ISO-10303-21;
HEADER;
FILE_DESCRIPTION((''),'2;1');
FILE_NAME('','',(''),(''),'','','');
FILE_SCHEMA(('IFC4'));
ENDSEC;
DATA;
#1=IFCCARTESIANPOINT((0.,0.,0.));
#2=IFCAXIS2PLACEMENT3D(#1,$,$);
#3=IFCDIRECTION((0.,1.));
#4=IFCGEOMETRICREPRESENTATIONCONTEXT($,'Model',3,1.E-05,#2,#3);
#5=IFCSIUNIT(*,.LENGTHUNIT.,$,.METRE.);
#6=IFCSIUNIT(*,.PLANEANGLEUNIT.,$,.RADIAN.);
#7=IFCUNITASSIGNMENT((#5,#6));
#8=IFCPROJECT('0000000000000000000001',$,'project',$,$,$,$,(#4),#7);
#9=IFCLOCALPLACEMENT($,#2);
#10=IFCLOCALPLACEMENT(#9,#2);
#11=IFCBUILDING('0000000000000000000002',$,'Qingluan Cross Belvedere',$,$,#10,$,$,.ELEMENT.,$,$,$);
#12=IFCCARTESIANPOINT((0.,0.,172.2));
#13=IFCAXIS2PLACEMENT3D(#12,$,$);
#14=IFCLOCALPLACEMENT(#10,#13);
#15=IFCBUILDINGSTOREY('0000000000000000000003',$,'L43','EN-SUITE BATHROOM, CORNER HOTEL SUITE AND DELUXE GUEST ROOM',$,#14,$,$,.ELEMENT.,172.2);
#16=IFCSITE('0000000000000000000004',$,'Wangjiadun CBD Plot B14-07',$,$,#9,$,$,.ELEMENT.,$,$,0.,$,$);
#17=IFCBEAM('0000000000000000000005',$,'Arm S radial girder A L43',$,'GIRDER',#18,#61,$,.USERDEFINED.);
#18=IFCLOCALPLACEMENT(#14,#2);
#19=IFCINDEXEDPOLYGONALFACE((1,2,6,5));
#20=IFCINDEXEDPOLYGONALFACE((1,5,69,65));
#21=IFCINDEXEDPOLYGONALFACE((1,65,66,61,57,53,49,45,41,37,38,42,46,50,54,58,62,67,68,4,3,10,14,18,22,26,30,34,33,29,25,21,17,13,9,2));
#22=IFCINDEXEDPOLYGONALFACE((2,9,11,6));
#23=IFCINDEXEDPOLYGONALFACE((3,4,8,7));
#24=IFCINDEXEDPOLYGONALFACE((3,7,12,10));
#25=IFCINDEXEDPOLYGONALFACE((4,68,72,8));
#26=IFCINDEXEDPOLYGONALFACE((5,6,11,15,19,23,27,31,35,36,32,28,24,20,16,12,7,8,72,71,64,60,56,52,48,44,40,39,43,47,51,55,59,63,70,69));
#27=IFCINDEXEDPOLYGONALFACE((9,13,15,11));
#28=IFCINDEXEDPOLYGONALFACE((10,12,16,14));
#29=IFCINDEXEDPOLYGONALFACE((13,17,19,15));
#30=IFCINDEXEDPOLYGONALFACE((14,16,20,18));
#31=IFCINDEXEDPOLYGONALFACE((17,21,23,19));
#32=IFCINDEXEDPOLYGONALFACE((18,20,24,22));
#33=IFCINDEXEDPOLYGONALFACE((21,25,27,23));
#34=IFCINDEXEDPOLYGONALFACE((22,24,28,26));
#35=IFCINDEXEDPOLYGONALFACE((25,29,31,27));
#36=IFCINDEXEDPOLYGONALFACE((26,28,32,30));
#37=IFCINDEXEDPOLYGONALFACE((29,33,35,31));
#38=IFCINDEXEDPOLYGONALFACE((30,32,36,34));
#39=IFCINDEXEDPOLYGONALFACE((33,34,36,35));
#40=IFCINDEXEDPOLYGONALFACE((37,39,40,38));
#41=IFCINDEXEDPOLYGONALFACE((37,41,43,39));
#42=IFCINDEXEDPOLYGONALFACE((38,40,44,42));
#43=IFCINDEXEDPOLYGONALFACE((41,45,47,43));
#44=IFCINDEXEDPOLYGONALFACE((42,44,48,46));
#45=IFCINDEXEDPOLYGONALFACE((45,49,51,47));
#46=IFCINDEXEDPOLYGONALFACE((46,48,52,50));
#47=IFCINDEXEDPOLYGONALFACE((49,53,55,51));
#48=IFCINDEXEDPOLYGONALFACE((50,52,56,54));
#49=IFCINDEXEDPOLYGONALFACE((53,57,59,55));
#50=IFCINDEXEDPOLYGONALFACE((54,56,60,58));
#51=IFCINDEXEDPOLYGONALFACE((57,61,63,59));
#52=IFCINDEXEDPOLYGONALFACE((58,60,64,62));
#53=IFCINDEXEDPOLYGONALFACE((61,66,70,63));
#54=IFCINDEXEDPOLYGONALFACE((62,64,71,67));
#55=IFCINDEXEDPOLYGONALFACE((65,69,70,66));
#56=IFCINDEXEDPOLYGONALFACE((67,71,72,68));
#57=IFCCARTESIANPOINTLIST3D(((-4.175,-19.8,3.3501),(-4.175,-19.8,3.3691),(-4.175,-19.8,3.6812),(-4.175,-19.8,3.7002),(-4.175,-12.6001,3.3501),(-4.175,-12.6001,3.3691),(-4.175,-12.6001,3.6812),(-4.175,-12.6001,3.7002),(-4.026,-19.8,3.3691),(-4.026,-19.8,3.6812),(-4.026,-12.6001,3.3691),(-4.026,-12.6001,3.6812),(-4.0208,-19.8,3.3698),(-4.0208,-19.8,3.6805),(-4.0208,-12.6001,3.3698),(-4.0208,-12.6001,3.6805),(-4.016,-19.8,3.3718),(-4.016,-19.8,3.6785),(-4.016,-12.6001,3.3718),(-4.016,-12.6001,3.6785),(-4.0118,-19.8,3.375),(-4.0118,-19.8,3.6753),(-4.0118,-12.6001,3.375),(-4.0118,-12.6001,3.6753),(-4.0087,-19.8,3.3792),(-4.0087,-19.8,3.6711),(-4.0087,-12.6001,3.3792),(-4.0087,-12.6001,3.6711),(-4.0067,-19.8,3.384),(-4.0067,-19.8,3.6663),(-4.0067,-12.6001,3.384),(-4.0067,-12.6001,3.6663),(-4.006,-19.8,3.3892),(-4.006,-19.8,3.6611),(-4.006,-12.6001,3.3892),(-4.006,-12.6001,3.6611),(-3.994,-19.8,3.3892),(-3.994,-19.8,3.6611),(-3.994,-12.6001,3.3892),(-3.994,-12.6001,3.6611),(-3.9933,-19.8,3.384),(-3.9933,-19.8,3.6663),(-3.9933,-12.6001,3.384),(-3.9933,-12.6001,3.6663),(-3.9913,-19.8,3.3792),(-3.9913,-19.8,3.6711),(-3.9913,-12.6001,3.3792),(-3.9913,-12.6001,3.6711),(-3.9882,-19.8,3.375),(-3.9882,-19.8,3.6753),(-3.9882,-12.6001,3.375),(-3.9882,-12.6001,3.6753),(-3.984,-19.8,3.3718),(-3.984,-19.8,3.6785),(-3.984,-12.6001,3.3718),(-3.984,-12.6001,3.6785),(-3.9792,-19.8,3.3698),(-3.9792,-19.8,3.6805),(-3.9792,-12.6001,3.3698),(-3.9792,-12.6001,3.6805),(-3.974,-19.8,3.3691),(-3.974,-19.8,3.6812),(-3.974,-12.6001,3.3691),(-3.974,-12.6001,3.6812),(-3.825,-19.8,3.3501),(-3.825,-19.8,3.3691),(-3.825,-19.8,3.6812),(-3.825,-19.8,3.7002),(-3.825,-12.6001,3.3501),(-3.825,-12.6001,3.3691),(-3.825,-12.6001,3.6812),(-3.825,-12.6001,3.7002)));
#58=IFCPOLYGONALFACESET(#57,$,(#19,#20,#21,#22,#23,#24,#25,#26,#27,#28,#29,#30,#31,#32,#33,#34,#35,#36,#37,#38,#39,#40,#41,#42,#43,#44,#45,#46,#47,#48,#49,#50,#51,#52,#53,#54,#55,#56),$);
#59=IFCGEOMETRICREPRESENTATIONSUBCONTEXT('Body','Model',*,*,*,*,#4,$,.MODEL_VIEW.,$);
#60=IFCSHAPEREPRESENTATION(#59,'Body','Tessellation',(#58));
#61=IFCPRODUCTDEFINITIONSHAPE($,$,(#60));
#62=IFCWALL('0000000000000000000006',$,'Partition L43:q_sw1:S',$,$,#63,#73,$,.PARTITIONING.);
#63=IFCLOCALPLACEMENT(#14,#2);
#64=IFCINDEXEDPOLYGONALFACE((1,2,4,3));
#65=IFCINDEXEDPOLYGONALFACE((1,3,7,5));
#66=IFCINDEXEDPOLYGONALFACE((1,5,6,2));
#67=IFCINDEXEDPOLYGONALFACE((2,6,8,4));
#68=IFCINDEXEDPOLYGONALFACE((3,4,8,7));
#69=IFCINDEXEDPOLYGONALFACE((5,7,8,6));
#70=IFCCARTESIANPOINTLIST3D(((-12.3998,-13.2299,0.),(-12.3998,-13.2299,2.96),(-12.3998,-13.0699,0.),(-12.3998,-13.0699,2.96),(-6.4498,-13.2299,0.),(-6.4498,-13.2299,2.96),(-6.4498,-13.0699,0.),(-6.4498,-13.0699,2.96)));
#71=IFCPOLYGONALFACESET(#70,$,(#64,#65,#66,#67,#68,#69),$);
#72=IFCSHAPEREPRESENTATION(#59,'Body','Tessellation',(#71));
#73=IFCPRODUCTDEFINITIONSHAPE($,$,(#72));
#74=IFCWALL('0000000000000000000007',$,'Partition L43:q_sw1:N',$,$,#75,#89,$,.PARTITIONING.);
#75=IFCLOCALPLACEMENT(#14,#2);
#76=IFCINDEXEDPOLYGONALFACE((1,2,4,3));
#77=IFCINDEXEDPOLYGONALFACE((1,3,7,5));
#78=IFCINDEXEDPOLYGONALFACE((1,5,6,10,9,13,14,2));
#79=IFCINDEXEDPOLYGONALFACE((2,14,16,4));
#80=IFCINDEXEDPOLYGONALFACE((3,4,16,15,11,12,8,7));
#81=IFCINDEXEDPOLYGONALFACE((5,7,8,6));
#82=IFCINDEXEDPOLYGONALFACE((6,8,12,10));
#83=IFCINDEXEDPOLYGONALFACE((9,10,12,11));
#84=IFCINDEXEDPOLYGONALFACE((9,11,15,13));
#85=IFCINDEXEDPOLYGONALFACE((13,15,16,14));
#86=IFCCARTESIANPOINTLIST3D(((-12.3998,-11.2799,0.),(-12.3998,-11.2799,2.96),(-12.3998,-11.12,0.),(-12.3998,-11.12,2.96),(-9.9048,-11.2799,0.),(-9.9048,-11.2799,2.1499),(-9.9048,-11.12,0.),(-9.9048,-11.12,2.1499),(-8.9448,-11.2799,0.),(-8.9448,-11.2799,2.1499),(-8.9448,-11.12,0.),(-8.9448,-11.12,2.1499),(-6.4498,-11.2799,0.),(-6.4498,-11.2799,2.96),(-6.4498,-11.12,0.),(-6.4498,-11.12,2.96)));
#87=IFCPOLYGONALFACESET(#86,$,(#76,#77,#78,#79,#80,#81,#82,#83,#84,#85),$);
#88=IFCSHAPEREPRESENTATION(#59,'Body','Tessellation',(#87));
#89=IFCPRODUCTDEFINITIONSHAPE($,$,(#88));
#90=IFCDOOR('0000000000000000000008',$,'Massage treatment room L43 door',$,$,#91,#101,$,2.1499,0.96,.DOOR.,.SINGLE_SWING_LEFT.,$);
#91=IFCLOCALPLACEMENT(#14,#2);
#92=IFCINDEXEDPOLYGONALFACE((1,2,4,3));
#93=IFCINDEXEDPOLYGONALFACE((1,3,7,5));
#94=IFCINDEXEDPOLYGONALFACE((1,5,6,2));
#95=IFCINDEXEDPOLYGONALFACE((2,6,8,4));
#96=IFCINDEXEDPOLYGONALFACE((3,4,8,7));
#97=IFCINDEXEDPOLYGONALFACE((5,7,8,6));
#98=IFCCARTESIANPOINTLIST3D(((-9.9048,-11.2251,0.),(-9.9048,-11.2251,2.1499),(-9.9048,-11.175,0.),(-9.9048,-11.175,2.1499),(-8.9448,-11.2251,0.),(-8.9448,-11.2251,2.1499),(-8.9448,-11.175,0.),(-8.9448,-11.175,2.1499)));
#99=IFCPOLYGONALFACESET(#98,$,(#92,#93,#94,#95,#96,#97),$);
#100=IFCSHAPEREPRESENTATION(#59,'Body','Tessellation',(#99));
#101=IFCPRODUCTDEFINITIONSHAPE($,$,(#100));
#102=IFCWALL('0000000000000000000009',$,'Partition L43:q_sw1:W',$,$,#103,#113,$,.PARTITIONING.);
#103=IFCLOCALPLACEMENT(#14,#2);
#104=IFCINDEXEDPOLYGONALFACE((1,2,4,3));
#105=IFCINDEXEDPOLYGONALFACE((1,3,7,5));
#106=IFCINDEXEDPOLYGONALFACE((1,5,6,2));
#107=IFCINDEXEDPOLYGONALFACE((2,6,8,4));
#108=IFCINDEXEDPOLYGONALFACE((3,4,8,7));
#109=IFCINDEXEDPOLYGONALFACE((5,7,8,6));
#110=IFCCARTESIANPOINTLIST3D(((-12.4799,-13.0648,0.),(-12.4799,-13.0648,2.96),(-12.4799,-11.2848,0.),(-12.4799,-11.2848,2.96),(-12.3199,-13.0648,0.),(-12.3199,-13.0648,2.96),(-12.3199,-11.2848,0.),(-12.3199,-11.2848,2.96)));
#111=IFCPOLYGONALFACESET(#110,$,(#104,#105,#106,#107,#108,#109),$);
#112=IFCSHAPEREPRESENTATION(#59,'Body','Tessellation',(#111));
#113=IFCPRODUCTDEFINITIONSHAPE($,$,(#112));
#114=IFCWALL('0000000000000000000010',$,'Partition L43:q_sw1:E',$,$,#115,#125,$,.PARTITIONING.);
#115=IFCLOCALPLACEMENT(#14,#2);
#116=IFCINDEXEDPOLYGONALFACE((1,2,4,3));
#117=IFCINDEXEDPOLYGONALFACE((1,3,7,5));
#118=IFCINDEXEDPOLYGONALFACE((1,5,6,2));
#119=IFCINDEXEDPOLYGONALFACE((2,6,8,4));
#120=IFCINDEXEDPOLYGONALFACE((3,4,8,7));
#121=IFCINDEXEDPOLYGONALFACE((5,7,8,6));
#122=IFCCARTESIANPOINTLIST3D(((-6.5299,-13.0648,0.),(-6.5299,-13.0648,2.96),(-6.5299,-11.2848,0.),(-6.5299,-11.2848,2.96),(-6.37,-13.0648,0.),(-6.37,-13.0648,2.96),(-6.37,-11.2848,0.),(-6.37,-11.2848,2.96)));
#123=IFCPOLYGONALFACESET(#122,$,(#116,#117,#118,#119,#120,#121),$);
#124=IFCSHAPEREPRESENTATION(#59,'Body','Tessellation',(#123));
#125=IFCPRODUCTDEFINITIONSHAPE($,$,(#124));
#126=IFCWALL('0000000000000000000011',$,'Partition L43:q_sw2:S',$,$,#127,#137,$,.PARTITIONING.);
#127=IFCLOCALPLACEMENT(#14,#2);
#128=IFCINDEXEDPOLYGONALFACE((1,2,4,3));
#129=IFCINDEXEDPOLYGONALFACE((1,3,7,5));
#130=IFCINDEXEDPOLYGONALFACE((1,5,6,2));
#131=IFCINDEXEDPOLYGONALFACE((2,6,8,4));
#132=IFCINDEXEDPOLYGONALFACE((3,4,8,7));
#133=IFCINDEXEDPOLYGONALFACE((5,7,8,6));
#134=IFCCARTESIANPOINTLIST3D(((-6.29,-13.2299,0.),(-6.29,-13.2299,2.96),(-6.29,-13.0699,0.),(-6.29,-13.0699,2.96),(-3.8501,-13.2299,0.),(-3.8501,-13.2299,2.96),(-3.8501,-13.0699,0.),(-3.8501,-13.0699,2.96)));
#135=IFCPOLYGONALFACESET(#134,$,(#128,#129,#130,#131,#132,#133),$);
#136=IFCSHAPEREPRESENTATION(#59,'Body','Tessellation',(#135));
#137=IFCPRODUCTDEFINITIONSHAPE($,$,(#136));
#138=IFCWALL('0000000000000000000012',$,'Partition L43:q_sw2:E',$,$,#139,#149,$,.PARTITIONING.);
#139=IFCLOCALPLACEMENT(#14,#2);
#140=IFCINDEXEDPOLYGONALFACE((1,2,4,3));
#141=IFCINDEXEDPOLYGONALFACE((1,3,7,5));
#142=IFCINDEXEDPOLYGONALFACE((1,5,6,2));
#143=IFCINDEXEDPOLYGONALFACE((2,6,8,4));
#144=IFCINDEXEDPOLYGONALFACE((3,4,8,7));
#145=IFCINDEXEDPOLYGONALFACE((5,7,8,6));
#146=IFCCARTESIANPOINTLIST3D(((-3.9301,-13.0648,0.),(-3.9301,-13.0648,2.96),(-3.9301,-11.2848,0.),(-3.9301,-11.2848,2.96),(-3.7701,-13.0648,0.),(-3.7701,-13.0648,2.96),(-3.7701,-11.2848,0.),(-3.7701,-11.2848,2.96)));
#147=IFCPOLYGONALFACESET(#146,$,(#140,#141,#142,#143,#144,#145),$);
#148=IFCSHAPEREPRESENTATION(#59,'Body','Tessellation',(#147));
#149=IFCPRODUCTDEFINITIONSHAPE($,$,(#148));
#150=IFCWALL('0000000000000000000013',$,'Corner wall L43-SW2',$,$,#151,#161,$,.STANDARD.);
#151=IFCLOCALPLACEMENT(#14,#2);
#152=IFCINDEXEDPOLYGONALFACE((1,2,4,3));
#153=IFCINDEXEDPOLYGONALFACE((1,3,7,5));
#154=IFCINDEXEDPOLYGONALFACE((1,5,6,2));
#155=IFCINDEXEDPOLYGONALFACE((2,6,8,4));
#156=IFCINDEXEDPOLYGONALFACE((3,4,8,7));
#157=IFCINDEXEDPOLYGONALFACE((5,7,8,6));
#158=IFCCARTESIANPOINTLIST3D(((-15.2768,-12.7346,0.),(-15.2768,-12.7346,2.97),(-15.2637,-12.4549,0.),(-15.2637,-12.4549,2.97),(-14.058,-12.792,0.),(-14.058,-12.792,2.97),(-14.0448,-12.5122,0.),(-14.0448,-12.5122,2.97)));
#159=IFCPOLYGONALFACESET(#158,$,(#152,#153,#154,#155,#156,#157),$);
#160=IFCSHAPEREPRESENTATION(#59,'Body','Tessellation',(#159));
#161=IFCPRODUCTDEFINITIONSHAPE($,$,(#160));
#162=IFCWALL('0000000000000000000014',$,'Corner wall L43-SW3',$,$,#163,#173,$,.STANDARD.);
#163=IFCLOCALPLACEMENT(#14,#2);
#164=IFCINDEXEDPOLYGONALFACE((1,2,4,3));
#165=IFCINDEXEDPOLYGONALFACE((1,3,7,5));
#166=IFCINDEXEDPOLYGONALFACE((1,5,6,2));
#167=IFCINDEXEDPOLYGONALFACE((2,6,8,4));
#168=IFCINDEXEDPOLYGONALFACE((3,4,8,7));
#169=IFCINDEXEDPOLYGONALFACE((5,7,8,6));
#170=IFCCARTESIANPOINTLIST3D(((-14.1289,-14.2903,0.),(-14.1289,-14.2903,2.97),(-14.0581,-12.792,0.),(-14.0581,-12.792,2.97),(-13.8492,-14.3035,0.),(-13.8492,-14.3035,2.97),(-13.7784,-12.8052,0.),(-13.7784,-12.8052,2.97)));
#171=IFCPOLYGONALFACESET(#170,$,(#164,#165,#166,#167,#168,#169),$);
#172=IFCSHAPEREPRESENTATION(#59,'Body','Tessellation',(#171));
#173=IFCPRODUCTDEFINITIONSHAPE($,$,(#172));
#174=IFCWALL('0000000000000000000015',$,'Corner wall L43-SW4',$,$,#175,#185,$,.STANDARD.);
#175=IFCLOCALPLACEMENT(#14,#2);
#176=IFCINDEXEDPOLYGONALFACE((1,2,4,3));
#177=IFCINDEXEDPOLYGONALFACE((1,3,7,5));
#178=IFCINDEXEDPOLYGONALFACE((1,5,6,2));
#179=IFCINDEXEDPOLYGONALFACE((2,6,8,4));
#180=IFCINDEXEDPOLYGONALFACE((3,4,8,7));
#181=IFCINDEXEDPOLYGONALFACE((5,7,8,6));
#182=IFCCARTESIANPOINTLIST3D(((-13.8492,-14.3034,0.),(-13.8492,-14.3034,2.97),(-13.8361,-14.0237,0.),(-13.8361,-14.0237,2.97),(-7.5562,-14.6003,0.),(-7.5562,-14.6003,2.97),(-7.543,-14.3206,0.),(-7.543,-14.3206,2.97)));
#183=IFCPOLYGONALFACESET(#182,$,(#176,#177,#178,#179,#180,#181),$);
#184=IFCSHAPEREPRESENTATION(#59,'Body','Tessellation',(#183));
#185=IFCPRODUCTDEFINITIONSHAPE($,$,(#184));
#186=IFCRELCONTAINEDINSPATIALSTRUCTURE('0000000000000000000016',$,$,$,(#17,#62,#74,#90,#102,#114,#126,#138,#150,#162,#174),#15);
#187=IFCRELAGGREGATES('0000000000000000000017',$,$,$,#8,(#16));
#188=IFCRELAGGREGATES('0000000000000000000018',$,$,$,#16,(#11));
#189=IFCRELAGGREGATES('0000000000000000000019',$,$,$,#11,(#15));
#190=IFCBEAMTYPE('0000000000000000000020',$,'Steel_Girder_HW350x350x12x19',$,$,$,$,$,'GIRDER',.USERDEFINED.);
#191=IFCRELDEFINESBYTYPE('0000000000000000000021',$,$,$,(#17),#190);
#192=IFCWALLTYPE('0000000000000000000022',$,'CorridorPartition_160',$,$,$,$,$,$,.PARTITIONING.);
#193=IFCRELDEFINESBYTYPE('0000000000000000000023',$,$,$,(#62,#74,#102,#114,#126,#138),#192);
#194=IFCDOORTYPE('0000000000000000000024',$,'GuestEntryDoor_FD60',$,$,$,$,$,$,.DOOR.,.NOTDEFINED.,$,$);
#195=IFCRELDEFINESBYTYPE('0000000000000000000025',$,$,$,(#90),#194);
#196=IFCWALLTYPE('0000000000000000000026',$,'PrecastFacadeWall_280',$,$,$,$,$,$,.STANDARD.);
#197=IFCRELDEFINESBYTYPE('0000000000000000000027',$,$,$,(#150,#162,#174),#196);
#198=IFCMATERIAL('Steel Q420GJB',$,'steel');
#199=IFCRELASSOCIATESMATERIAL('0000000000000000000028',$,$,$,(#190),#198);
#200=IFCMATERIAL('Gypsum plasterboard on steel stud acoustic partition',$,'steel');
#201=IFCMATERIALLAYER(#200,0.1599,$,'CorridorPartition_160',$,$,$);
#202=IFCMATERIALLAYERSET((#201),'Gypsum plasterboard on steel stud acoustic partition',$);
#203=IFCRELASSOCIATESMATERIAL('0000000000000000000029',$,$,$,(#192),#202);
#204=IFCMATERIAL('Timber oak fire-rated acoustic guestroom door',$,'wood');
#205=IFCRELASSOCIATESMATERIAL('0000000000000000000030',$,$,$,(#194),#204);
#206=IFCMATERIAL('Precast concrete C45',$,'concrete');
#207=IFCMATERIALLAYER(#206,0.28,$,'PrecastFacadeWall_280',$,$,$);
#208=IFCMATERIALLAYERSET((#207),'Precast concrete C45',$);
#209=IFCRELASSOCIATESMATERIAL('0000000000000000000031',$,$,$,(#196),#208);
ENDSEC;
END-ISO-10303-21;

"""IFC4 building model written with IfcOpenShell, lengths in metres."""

from ifc_helpers import new_model, si_unit, direction, frame, frame_2d, origin, origin_2d, place, context, subcontext, project, spatial, rectangle, i_section, extrude, material, layer, layer_set, material_profile, profile_set, type_object, element, fill, save


model = new_model("IFC4")

# Units and contexts
model_context = context("Model", 3, precision=1e-05, world=origin(), true_north=direction((0.0, 1.0)))
body_context = subcontext(model_context, "Body", "Model", "MODEL_VIEW")
ifc_project = project(units=[si_unit("LENGTHUNIT", "METRE"), si_unit("PLANEANGLEUNIT", "RADIAN")], contexts=[model_context])

# Site, building, storey
site_placement = place(None, origin())
site = spatial("IfcSite", under=ifc_project, at=site_placement, Name="Wangjiadun CBD Plot B14-07", CompositionType="ELEMENT", RefElevation=0.0)
building_placement = place(site_placement, origin())
building = spatial("IfcBuilding", under=site, at=building_placement, Name="Qingluan Cross Belvedere", CompositionType="ELEMENT")
storey_placement = place(building_placement, frame((0.0, 0.0, 172.2)))
storey = spatial("IfcBuildingStorey", under=building, at=storey_placement, Name="L43", Description="EN-SUITE BATHROOM, CORNER HOTEL SUITE AND DELUXE GUEST ROOM", CompositionType="ELEMENT", Elevation=172.2)

# Beam
ifc_material_1 = material(Name="Steel Q420GJB", Category="steel")
ifc_material_profile_1 = material_profile(ifc_material_1, i_section(OverallWidth=0.3501, OverallDepth=0.3501, WebThickness=0.012, FlangeThickness=0.019, FilletRadius=0.02, at=origin_2d()), Name="HW350x350x12x19")
ifc_profile_set_1 = profile_set([ifc_material_profile_1], Name="Steel Q420GJB")
beam_type_1 = type_object("IfcBeamType", Name="Steel_Girder_HW350x350x12x19", ElementType="GIRDER", PredefinedType="USERDEFINED", material=ifc_profile_set_1)
beam_1_placement = place(storey_placement, frame((-4.0, -12.6001, 3.5251), z_axis=(0.0, -1.0, 0.0), x_axis=(1.0, 0.0, 0.0)))
element("IfcBeam", 1, at=beam_1_placement, inside=storey, type_object=beam_type_1, Name="Arm S radial girder A L43", ObjectType="GIRDER", PredefinedType="USERDEFINED", context=body_context, shape_type="SweptSolid", body=[
    extrude(i_section(OverallWidth=0.3501, OverallDepth=0.3501, WebThickness=0.012, FlangeThickness=0.019, FilletRadius=0.02, at=origin_2d()), origin(), (0.0, 0.0, 1.0), 7.2),
])

# Wall
ifc_material_2 = material(Name="Gypsum plasterboard on steel stud acoustic partition", Category="steel")
ifc_layer_1 = layer(ifc_material_2, 0.1599, Name="CorridorPartition_160")
ifc_layer_set_1 = layer_set([ifc_layer_1], Name="Gypsum plasterboard on steel stud acoustic partition")
wall_type_1 = type_object("IfcWallType", Name="CorridorPartition_160", PredefinedType="PARTITIONING", material=ifc_layer_set_1)
wall_1_placement = place(storey_placement, frame((-12.3999, -13.1499, 0.0), z_axis=(0.0, 0.0, 1.0), x_axis=(1.0, 0.0, 0.0)))
element("IfcWall", 2, at=wall_1_placement, inside=storey, type_object=wall_type_1, Name="Partition L43:q_sw1:S", PredefinedType="PARTITIONING", context=body_context, shape_type="SweptSolid", body=[
    extrude(rectangle(XDim=5.95, YDim=0.1599, at=frame_2d((2.9751, 0.0))), origin(), (0.0, 0.0, 1.0), 2.96),
])

# Wall, opening, door
wall_2_placement = place(storey_placement, frame((-12.3999, -11.2, 0.0), z_axis=(0.0, 0.0, 1.0), x_axis=(1.0, 0.0, 0.0)))
wall_2 = element("IfcWall", 3, at=wall_2_placement, inside=storey, type_object=wall_type_1, Name="Partition L43:q_sw1:N", PredefinedType="PARTITIONING", context=body_context, shape_type="SweptSolid", body=[
    extrude(rectangle(XDim=5.95, YDim=0.1599, at=frame_2d((2.9751, 0.0))), origin(), (0.0, 0.0, 1.0), 2.96),
])
opening_1_placement = place(wall_2_placement, frame((2.4951, 0.0, 0.0)))
opening_1 = element("IfcOpeningElement", 4, at=opening_1_placement, cuts=wall_2, PredefinedType="OPENING", context=body_context, shape_type="SweptSolid", body=[
    extrude(rectangle(XDim=0.96, YDim=2.1499, at=frame_2d((0.48, 1.075))), frame((0.0, 0.0898, 0.0), z_axis=(0.0, -1.0, 0.0), x_axis=(1.0, 0.0, 0.0)), (0.0, 0.0, 1.0), 0.1799),
])
ifc_material_3 = material(Name="Timber oak fire-rated acoustic guestroom door", Category="wood")
door_type = type_object("IfcDoorType", Name="GuestEntryDoor_FD60", OperationType="NOTDEFINED", PredefinedType="DOOR", material=ifc_material_3)
door_1_placement = place(opening_1_placement, origin())
door_1 = element("IfcDoor", 5, at=door_1_placement, inside=storey, type_object=door_type, Name="Massage treatment room L43 door", OperationType="SINGLE_SWING_LEFT", OverallHeight=2.1499, OverallWidth=0.96, PredefinedType="DOOR", context=body_context, shape_type="SweptSolid", body=[
    extrude(rectangle(XDim=0.96, YDim=2.1499, at=frame_2d((0.48, 1.075))), frame((0.0, 0.0249, 0.0), z_axis=(0.0, -1.0, 0.0), x_axis=(1.0, 0.0, 0.0)), (0.0, 0.0, 1.0), 0.05),
])
fill(opening_1, door_1)

# Walls
for number, where, z_axis, x_axis, name in (
    (6, (-12.3999, -13.0649, 0.0), (0.0, 0.0, 1.0), (0.0, 1.0, 0.0), "Partition L43:q_sw1:W"),
    (7, (-6.45, -13.0649, 0.0), (0.0, 0.0, 1.0), (0.0, 1.0, 0.0), "Partition L43:q_sw1:E"),
):
    element("IfcWall", number, at=place(storey_placement, frame(where, z_axis=z_axis, x_axis=x_axis)), inside=storey, type_object=wall_type_1, Name=name, PredefinedType="PARTITIONING", context=body_context, shape_type="SweptSolid", body=[
        extrude(rectangle(XDim=1.78, YDim=0.1599, at=frame_2d((0.8901, 0.0))), origin(), (0.0, 0.0, 1.0), 2.96),
    ])
wall_3_placement = place(storey_placement, frame((-6.29, -13.1499, 0.0), z_axis=(0.0, 0.0, 1.0), x_axis=(1.0, 0.0, 0.0)))
element("IfcWall", 8, at=wall_3_placement, inside=storey, type_object=wall_type_1, Name="Partition L43:q_sw2:S", PredefinedType="PARTITIONING", context=body_context, shape_type="SweptSolid", body=[
    extrude(rectangle(XDim=2.4399, YDim=0.1599, at=frame_2d((1.22, 0.0))), origin(), (0.0, 0.0, 1.0), 2.96),
])

# Walls
wall_4_placement = place(storey_placement, frame((-3.8501, -13.0649, 0.0), z_axis=(0.0, 0.0, 1.0), x_axis=(0.0, 1.0, 0.0)))
element("IfcWall", 9, at=wall_4_placement, inside=storey, type_object=wall_type_1, Name="Partition L43:q_sw2:E", PredefinedType="PARTITIONING", context=body_context, shape_type="SweptSolid", body=[
    extrude(rectangle(XDim=1.78, YDim=0.1599, at=frame_2d((0.8901, 0.0))), origin(), (0.0, 0.0, 1.0), 2.96),
])
ifc_material_4 = material(Name="Precast concrete C45", Category="concrete")
ifc_layer_2 = layer(ifc_material_4, 0.28, Name="PrecastFacadeWall_280")
ifc_layer_set_2 = layer_set([ifc_layer_2], Name="Precast concrete C45")
wall_type_2 = type_object("IfcWallType", Name="PrecastFacadeWall_280", PredefinedType="STANDARD", material=ifc_layer_set_2)
wall_5_placement = place(storey_placement, frame((-15.2703, -12.5947, 0.0), z_axis=(0.0, 0.0, 1.0), x_axis=(0.998894, -0.047023, 0.0)))
element("IfcWall", 10, at=wall_5_placement, inside=storey, type_object=wall_type_2, Name="Corner wall L43-SW2", PredefinedType="STANDARD", context=body_context, shape_type="SweptSolid", body=[
    extrude(rectangle(XDim=1.2202, YDim=0.28, at=frame_2d((0.6101, 0.0))), origin(), (0.0, 0.0, 1.0), 2.97),
])
wall_6_placement = place(storey_placement, frame((-13.9182, -12.7986, 0.0), z_axis=(0.0, 0.0, 1.0), x_axis=(-0.047202, -0.998885, 0.0)))
element("IfcWall", 11, at=wall_6_placement, inside=storey, type_object=wall_type_2, Name="Corner wall L43-SW3", PredefinedType="STANDARD", context=body_context, shape_type="SweptSolid", body=[
    extrude(rectangle(XDim=1.5, YDim=0.28, at=frame_2d((0.75, 0.0))), origin(), (0.0, 0.0, 1.0), 2.97),
])
wall_7_placement = place(storey_placement, frame((-13.8425, -14.1636, 0.0), z_axis=(0.0, 0.0, 1.0), x_axis=(0.998889, -0.047123, 0.0)))
element("IfcWall", 12, at=wall_7_placement, inside=storey, type_object=wall_type_2, Name="Corner wall L43-SW4", PredefinedType="STANDARD", context=body_context, shape_type="SweptSolid", body=[
    extrude(rectangle(XDim=6.3, YDim=0.28, at=frame_2d((3.1499, 0.0))), origin(), (0.0, 0.0, 1.0), 2.97),
])

save(model, "model.ifc")
